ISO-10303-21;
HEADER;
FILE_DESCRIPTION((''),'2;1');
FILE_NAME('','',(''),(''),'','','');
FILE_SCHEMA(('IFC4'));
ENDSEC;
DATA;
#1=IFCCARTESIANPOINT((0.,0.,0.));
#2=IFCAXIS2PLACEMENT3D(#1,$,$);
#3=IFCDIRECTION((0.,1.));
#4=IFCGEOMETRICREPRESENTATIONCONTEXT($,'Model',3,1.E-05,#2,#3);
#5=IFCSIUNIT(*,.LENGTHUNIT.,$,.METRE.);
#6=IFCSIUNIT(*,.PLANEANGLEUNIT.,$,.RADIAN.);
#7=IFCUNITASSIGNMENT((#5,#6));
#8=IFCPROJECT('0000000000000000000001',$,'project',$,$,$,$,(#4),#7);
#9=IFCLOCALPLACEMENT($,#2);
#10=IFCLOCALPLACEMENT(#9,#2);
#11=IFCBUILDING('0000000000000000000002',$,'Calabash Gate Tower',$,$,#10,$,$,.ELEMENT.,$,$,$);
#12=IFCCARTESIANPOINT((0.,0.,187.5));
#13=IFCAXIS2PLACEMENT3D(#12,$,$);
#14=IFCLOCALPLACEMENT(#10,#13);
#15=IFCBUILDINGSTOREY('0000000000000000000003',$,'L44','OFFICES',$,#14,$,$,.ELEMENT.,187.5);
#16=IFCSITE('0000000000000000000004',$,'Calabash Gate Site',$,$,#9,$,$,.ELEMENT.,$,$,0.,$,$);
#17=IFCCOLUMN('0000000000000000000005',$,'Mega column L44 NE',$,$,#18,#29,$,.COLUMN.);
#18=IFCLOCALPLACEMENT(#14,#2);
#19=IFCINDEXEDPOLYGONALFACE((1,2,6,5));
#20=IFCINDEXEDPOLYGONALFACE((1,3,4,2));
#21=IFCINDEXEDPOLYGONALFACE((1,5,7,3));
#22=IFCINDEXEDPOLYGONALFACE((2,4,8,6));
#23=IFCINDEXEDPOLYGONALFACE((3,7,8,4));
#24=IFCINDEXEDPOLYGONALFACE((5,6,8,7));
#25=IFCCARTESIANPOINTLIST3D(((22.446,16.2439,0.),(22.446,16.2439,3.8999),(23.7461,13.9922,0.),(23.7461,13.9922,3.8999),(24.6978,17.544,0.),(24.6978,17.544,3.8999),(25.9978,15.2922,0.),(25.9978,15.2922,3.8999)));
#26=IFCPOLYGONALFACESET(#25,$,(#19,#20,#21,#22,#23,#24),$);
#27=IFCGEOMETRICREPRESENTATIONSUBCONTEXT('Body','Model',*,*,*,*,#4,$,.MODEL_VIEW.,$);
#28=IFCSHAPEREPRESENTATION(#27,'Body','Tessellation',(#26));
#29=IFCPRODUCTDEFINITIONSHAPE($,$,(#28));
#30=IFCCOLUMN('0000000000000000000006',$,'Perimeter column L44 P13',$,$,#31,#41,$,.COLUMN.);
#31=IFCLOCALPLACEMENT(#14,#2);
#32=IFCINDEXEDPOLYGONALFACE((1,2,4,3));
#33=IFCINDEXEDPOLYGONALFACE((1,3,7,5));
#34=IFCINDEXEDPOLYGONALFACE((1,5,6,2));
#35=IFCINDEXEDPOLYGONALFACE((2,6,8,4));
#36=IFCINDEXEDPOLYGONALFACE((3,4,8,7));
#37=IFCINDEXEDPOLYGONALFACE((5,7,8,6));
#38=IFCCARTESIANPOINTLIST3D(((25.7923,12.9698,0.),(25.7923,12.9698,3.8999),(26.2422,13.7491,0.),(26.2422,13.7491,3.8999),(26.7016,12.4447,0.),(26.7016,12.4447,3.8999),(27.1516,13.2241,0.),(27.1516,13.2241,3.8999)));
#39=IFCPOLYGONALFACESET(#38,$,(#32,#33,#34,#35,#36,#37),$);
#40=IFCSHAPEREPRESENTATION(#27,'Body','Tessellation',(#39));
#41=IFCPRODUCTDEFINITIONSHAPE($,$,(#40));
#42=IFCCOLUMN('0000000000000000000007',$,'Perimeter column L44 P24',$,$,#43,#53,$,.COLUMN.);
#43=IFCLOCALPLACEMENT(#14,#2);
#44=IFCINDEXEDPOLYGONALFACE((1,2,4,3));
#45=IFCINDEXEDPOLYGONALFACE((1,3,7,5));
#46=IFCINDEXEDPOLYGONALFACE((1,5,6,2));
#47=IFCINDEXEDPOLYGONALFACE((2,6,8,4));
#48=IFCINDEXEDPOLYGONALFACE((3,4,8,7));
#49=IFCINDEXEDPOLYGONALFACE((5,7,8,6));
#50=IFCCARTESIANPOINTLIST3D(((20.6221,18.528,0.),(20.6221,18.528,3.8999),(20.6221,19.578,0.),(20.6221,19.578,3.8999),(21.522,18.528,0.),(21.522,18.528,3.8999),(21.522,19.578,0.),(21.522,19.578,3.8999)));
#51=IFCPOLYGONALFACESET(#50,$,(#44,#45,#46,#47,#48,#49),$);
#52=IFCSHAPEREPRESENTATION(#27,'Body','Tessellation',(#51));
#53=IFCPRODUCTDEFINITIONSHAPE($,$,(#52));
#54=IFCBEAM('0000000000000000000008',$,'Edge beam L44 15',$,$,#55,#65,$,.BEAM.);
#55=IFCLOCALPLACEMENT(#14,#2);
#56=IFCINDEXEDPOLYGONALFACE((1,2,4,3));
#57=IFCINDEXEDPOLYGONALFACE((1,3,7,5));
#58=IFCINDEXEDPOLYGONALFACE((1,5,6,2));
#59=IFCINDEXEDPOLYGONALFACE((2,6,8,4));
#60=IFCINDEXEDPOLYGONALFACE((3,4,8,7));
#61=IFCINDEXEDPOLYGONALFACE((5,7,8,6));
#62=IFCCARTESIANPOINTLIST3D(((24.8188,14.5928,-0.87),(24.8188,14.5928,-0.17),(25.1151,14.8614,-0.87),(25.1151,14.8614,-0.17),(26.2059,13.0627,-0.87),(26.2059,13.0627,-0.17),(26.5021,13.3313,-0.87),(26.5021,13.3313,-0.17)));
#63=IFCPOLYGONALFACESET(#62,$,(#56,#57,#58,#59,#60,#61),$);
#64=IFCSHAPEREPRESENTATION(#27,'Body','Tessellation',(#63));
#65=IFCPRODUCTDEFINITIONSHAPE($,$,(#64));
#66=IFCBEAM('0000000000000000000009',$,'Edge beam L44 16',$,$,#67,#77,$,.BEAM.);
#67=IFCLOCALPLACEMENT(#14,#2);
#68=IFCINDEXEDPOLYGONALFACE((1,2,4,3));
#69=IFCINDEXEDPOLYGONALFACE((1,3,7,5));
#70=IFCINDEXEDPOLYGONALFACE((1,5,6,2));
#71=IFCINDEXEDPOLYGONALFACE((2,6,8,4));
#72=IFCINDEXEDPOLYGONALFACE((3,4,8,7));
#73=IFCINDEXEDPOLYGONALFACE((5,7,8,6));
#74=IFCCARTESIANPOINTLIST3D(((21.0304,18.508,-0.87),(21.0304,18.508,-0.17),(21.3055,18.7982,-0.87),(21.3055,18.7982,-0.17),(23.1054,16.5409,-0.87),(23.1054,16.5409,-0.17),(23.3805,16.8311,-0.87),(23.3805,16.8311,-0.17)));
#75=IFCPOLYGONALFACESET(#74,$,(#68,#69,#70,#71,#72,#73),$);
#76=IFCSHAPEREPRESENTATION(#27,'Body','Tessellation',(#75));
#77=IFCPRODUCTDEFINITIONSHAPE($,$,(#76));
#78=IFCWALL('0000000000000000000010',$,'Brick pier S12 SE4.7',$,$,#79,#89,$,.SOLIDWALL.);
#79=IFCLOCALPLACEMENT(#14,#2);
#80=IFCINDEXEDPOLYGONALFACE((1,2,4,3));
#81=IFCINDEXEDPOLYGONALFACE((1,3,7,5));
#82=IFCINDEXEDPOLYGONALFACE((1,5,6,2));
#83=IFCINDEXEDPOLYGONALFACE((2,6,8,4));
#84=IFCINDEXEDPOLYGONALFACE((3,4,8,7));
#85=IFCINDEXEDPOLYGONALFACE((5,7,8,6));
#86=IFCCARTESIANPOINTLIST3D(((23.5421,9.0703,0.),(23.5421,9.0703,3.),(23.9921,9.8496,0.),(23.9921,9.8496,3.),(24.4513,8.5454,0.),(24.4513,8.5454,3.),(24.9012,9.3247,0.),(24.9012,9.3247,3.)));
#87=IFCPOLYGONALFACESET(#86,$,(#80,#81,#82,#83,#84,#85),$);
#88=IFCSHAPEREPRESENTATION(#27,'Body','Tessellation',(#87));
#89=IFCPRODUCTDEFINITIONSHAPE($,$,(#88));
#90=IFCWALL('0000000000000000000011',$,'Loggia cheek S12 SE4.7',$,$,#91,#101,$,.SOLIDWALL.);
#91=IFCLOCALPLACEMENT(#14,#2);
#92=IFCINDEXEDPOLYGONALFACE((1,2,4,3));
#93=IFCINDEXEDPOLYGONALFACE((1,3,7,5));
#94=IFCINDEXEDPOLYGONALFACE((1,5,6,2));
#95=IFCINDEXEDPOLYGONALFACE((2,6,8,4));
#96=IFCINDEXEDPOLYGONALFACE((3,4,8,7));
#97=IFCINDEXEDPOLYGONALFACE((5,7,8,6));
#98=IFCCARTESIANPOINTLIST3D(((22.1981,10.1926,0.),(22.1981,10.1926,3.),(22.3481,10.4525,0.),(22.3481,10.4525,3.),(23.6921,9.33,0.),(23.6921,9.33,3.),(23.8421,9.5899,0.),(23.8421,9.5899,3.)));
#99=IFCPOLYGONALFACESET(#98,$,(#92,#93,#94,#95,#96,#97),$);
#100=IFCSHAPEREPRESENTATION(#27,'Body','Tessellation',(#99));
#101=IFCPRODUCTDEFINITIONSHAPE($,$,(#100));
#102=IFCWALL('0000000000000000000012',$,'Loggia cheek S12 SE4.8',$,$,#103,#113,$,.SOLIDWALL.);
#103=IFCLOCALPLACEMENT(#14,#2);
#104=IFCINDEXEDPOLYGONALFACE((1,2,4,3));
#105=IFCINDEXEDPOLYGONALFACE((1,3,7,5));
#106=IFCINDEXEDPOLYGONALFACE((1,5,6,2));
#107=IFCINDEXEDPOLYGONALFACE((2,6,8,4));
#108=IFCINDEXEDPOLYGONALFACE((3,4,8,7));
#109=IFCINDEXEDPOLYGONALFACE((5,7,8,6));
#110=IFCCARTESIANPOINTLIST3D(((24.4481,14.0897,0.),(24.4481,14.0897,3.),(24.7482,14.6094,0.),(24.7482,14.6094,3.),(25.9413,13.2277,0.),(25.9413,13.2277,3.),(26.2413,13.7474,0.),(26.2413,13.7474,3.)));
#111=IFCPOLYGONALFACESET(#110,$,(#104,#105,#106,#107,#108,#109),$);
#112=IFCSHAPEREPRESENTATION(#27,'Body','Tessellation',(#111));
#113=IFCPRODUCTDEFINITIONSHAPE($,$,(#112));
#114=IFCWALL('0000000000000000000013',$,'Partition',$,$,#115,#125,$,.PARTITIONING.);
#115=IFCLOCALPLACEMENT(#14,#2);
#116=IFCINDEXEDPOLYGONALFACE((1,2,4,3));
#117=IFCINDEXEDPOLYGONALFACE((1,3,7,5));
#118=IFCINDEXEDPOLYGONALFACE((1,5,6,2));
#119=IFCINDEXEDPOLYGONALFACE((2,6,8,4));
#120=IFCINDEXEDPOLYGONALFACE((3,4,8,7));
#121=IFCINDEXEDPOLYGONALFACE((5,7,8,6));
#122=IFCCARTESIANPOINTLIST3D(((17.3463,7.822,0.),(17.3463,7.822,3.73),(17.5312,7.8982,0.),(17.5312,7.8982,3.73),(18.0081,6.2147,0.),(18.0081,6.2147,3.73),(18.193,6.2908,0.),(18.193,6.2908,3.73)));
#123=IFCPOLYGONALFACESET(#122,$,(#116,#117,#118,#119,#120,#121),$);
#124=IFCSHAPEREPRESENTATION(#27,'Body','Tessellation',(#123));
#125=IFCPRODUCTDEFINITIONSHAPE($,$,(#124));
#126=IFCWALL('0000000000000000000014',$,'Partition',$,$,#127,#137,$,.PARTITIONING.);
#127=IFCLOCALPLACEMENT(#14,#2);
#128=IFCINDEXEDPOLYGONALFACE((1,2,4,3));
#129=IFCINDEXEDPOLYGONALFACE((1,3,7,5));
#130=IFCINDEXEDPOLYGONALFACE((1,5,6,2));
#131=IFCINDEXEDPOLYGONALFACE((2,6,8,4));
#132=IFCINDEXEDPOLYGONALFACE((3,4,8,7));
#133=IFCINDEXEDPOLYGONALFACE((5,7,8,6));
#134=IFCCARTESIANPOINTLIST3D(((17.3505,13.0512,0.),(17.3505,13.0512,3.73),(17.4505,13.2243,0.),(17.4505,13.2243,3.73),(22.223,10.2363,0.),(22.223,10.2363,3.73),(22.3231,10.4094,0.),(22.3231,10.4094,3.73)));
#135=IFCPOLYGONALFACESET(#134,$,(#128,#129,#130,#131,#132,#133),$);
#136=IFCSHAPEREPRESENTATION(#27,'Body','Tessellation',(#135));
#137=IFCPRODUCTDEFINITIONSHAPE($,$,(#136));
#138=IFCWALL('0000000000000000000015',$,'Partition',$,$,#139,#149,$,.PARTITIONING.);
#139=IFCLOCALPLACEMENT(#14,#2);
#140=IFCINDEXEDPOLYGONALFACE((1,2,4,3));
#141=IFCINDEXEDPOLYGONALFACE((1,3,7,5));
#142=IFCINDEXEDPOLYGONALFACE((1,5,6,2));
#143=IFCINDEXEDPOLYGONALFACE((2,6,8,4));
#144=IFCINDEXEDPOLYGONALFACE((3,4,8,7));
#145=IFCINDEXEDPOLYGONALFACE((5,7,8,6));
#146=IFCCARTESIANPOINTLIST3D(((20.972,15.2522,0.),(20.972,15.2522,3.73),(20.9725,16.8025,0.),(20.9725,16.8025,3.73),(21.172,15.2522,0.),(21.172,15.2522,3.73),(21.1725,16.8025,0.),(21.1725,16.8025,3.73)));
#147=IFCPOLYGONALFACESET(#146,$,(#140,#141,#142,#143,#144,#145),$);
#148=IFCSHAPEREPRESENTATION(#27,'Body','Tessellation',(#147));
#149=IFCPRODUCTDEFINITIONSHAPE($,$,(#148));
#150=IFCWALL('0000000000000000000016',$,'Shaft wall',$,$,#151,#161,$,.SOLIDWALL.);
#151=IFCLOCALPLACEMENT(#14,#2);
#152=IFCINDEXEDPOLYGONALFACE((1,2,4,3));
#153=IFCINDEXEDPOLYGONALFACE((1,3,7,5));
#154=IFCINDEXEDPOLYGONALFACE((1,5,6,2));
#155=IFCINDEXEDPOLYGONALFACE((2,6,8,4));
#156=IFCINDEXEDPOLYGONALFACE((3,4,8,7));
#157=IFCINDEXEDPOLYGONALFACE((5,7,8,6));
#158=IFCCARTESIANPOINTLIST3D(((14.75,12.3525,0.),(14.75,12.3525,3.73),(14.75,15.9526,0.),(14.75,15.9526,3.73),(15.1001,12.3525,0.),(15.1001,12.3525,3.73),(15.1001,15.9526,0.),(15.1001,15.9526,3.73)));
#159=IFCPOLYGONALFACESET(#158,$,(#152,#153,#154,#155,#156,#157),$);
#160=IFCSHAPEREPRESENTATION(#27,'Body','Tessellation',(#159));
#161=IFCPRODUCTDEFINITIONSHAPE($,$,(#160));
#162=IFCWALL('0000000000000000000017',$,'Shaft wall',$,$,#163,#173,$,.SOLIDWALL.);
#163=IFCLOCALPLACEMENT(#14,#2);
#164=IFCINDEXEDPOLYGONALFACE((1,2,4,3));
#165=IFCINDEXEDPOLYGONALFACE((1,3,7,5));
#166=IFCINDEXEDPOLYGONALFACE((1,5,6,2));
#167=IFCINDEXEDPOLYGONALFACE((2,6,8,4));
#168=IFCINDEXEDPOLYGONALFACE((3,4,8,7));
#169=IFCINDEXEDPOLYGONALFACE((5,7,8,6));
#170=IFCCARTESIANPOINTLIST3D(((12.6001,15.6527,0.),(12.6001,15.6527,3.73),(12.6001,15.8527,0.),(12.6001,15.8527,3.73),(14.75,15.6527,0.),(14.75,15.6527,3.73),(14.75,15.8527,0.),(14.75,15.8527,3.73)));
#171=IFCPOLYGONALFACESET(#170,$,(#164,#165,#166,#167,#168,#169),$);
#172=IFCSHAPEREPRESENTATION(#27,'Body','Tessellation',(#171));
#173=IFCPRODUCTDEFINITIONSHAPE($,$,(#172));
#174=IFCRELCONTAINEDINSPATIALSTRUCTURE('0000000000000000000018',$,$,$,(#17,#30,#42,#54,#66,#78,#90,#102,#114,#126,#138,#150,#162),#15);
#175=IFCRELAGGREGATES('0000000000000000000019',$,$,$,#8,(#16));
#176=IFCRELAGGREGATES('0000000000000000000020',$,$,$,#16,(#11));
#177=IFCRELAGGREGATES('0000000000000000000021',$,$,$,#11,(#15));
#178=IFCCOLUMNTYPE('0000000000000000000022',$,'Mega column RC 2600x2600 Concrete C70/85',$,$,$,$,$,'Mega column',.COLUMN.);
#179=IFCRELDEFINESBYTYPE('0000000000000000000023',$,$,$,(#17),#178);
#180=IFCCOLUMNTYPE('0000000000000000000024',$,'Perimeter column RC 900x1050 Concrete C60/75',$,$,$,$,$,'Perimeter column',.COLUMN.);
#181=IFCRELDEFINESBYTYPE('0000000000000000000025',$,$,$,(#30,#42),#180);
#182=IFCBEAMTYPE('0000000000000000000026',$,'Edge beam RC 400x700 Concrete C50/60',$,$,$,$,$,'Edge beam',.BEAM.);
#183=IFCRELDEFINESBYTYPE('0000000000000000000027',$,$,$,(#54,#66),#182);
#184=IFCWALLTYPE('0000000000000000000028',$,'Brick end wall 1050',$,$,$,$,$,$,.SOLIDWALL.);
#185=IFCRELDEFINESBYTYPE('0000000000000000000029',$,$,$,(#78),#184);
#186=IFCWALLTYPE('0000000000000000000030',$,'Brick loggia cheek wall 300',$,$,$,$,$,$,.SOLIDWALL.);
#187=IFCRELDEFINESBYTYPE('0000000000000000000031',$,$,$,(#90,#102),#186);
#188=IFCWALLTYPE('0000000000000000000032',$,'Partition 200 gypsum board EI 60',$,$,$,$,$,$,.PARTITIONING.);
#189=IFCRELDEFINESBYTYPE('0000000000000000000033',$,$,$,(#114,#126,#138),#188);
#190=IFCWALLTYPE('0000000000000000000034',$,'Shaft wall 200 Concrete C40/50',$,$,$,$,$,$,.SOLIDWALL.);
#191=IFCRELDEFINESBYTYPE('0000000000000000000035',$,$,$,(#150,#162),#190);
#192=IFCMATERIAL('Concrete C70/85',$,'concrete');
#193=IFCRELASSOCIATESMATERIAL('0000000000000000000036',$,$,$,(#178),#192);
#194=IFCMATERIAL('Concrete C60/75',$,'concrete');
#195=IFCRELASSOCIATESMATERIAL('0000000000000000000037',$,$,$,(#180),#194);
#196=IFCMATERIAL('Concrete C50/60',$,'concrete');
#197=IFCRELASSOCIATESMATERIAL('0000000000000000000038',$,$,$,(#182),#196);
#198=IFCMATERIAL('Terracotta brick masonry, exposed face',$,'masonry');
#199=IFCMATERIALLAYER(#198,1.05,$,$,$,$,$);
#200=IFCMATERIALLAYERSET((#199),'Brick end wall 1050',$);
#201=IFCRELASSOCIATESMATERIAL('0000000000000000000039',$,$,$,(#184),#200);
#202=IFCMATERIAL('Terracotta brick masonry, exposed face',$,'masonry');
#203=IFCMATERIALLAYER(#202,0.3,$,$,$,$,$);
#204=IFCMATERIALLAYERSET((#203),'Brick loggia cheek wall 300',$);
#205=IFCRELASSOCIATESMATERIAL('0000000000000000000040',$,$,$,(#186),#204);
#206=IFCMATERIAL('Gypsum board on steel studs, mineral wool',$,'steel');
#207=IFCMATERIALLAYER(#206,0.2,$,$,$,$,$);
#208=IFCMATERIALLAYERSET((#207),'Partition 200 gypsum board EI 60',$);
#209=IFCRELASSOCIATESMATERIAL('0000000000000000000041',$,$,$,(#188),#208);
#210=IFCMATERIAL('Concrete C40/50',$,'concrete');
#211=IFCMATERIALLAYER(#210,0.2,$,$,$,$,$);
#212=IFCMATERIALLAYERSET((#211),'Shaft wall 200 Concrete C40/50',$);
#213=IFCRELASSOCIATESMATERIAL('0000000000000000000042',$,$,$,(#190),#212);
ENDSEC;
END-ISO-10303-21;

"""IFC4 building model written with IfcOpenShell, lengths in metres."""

from ifc_helpers import new_model, si_unit, direction, frame, frame_2d, origin, origin_2d, place, context, subcontext, project, spatial, rectangle, extrude, material, layer, layer_set, material_profile, profile_set, type_object, element, save


model = new_model("IFC4")

# Units and contexts
model_context = context("Model", 3, precision=1e-05, world=origin(), true_north=direction((0.0, 1.0)))
body_context = subcontext(model_context, "Body", "Model", "MODEL_VIEW")
ifc_project = project(units=[si_unit("LENGTHUNIT", "METRE"), si_unit("PLANEANGLEUNIT", "RADIAN")], contexts=[model_context])

# Site, building, storey
site_placement = place(None, origin())
site = spatial("IfcSite", under=ifc_project, at=site_placement, Name="Calabash Gate Site", CompositionType="ELEMENT", RefElevation=0.0)
building_placement = place(site_placement, origin())
building = spatial("IfcBuilding", under=site, at=building_placement, Name="Calabash Gate Tower", CompositionType="ELEMENT")
storey_placement = place(building_placement, frame((0.0, 0.0, 187.5)))
storey = spatial("IfcBuildingStorey", under=building, at=storey_placement, Name="L44", Description="OFFICES", CompositionType="ELEMENT", Elevation=187.5)

# Columns
ifc_material_1 = material(Name="Concrete C70/85", Category="concrete")
ifc_material_profile_1 = material_profile(ifc_material_1, rectangle(XDim=2.6001, YDim=2.6001, at=origin_2d()))
ifc_profile_set_1 = profile_set([ifc_material_profile_1], Name="Concrete C70/85")
column_type_1 = type_object("IfcColumnType", Name="Mega column RC 2600x2600 Concrete C70/85", ElementType="Mega column", PredefinedType="COLUMN", material=ifc_profile_set_1)
column_placement = place(storey_placement, frame((24.2219, 15.7681, 0.0), z_axis=(0.0, 0.0, 1.0), x_axis=(-0.866025, -0.5, 0.0)))
element("IfcColumn", 1, at=column_placement, inside=storey, type_object=column_type_1, Name="Mega column L44 NE", PredefinedType="COLUMN", context=body_context, shape_type="SweptSolid", body=[
    extrude(rectangle(XDim=2.6001, YDim=2.6001, at=origin_2d()), origin(), (0.0, 0.0, 1.0), 3.8999),
])
ifc_material_2 = material(Name="Concrete C60/75", Category="concrete")
ifc_material_profile_2 = material_profile(ifc_material_2, rectangle(XDim=0.8999, YDim=1.05, at=origin_2d()))
ifc_profile_set_2 = profile_set([ifc_material_profile_2], Name="Concrete C60/75")
column_type_2 = type_object("IfcColumnType", Name="Perimeter column RC 900x1050 Concrete C60/75", ElementType="Perimeter column", PredefinedType="COLUMN", material=ifc_profile_set_2)
for number, where, z_axis, x_axis, name in (
    (2, (26.4719, 13.0969, 0.0), (0.0, 0.0, 1.0), (0.5, 0.866025, 0.0), "Perimeter column L44 P13"),
    (3, (21.072, 19.053, 0.0), (0.0, 0.0, 1.0), (-1.0, 0.0, 0.0), "Perimeter column L44 P24"),
):
    element("IfcColumn", number, at=place(storey_placement, frame(where, z_axis=z_axis, x_axis=x_axis)), inside=storey, type_object=column_type_2, Name=name, PredefinedType="COLUMN", context=body_context, shape_type="SweptSolid", body=[
        extrude(rectangle(XDim=0.8999, YDim=1.05, at=origin_2d()), origin(), (0.0, 0.0, 1.0), 3.8999),
    ])

# Beams
ifc_material_3 = material(Name="Concrete C50/60", Category="concrete")
ifc_material_profile_3 = material_profile(ifc_material_3, rectangle(XDim=0.3999, YDim=0.7, at=origin_2d()))
ifc_profile_set_3 = profile_set([ifc_material_profile_3], Name="Concrete C50/60")
beam_type = type_object("IfcBeamType", Name="Edge beam RC 400x700 Concrete C50/60", ElementType="Edge beam", PredefinedType="BEAM", material=ifc_profile_set_3)
beam_1_placement = place(storey_placement, frame((26.354, 13.197, -0.52), z_axis=(-0.671619, 0.740897, 0.0), x_axis=(-0.740897, -0.671619, 0.0)))
element("IfcBeam", 4, at=beam_1_placement, inside=storey, type_object=beam_type, Name="Edge beam L44 15", PredefinedType="BEAM", context=body_context, shape_type="SweptSolid", body=[
    extrude(rectangle(XDim=0.3999, YDim=0.7, at=origin_2d()), origin(), (0.0, 0.0, 1.0), 2.0652),
])
beam_2_placement = place(storey_placement, frame((23.2429, 16.686, -0.52), z_axis=(-0.725726, 0.687984, 0.0), x_axis=(-0.687984, -0.725726, 0.0)))
element("IfcBeam", 5, at=beam_2_placement, inside=storey, type_object=beam_type, Name="Edge beam L44 16", PredefinedType="BEAM", context=body_context, shape_type="SweptSolid", body=[
    extrude(rectangle(XDim=0.3999, YDim=0.7, at=origin_2d()), origin(), (0.0, 0.0, 1.0), 2.8591),
])

# Walls
ifc_material_4 = material(Name="Terracotta brick masonry, exposed face", Category="masonry")
ifc_layer_1 = layer(ifc_material_4, 1.05)
ifc_layer_set_1 = layer_set([ifc_layer_1], Name="Brick end wall 1050")
wall_type_1 = type_object("IfcWallType", Name="Brick end wall 1050", PredefinedType="SOLIDWALL", material=ifc_layer_set_1)
wall_1_placement = place(storey_placement, frame((24.6763, 8.9351, 0.0), z_axis=(0.0, 0.0, 1.0), x_axis=(-0.866031, 0.499991, 0.0)))
element("IfcWall", 6, at=wall_1_placement, inside=storey, type_object=wall_type_1, Name="Brick pier S12 SE4.7", PredefinedType="SOLIDWALL", context=body_context, shape_type="SweptSolid", body=[
    extrude(rectangle(XDim=1.0498, YDim=0.8999, at=frame_2d((0.5249, 0.0))), origin(), (0.0, 0.0, 1.0), 3.0),
])
ifc_material_5 = material(Name="Terracotta brick masonry, exposed face", Category="masonry")
ifc_layer_2 = layer(ifc_material_5, 0.3)
ifc_layer_set_2 = layer_set([ifc_layer_2], Name="Brick loggia cheek wall 300")
wall_type_2 = type_object("IfcWallType", Name="Brick loggia cheek wall 300", PredefinedType="SOLIDWALL", material=ifc_layer_set_2)
wall_2_placement = place(storey_placement, frame((23.7671, 9.46, 0.0), z_axis=(0.0, 0.0, 1.0), x_axis=(-0.866014, 0.500021, 0.0)))
element("IfcWall", 7, at=wall_2_placement, inside=storey, type_object=wall_type_2, Name="Loggia cheek S12 SE4.7", PredefinedType="SOLIDWALL", context=body_context, shape_type="SweptSolid", body=[
    extrude(rectangle(XDim=1.7251, YDim=0.3, at=frame_2d((0.8625, 0.0))), origin(), (0.0, 0.0, 1.0), 3.0),
])
wall_3_placement = place(storey_placement, frame((26.0913, 13.4875, 0.0), z_axis=(0.0, 0.0, 1.0), x_axis=(-0.86603, 0.499992, 0.0)))
element("IfcWall", 8, at=wall_3_placement, inside=storey, type_object=wall_type_2, Name="Loggia cheek S12 SE4.8", PredefinedType="SOLIDWALL", context=body_context, shape_type="SweptSolid", body=[
    extrude(rectangle(XDim=1.7241, YDim=0.6001, at=frame_2d((0.8621, 0.0))), origin(), (0.0, 0.0, 1.0), 3.0),
])
ifc_material_6 = material(Name="Gypsum board on steel studs, mineral wool", Category="steel")
ifc_layer_3 = layer(ifc_material_6, 0.2)
ifc_layer_set_3 = layer_set([ifc_layer_3], Name="Partition 200 gypsum board EI 60")
wall_type_3 = type_object("IfcWallType", Name="Partition 200 gypsum board EI 60", PredefinedType="PARTITIONING", material=ifc_layer_set_3)
wall_4_placement = place(storey_placement, frame((17.4387, 7.8601, 0.0), z_axis=(0.0, 0.0, 1.0), x_axis=(0.380743, -0.924681, 0.0)))
element("IfcWall", 9, at=wall_4_placement, inside=storey, type_object=wall_type_3, Name="Partition", PredefinedType="PARTITIONING", context=body_context, shape_type="SweptSolid", body=[
    extrude(rectangle(XDim=1.7383, YDim=0.2, at=frame_2d((0.8691, 0.0))), origin(), (0.0, 0.0, 1.0), 3.73),
])

# Wall
wall_5_placement = place(storey_placement, frame((17.4006, 13.1377, 0.0), z_axis=(0.0, 0.0, 1.0), x_axis=(0.865889, -0.500236, 0.0)))
element("IfcWall", 10, at=wall_5_placement, inside=storey, type_object=wall_type_3, Name="Partition", PredefinedType="PARTITIONING", context=body_context, shape_type="SweptSolid", body=[
    extrude(rectangle(XDim=5.6272, YDim=0.2, at=frame_2d((2.8135, 0.0))), origin(), (0.0, 0.0, 1.0), 3.73),
])

# Walls
wall_6_placement = place(storey_placement, frame((21.072, 15.2522, 0.0), z_axis=(0.0, 0.0, 1.0), x_axis=(0.000315, 1.0, 0.0)))
element("IfcWall", 11, at=wall_6_placement, inside=storey, type_object=wall_type_3, Name="Partition", PredefinedType="PARTITIONING", context=body_context, shape_type="SweptSolid", body=[
    extrude(rectangle(XDim=1.5503, YDim=0.2, at=frame_2d((0.7751, 0.0))), origin(), (0.0, 0.0, 1.0), 3.73),
])
ifc_material_7 = material(Name="Concrete C40/50", Category="concrete")
ifc_layer_4 = layer(ifc_material_7, 0.2)
ifc_layer_set_4 = layer_set([ifc_layer_4], Name="Shaft wall 200 Concrete C40/50")
wall_type_4 = type_object("IfcWallType", Name="Shaft wall 200 Concrete C40/50", PredefinedType="SOLIDWALL", material=ifc_layer_set_4)
wall_7_placement = place(storey_placement, frame((14.925, 12.3525, 0.0), z_axis=(0.0, 0.0, 1.0), x_axis=(0.0, 1.0, 0.0)))
element("IfcWall", 12, at=wall_7_placement, inside=storey, type_object=wall_type_4, Name="Shaft wall", PredefinedType="SOLIDWALL", context=body_context, shape_type="SweptSolid", body=[
    extrude(rectangle(XDim=3.6001, YDim=0.3501, at=frame_2d((1.8, 0.0))), origin(), (0.0, 0.0, 1.0), 3.73),
])
wall_8_placement = place(storey_placement, frame((12.6001, 15.7527, 0.0), z_axis=(0.0, 0.0, 1.0), x_axis=(1.0, 0.0, 0.0)))
element("IfcWall", 13, at=wall_8_placement, inside=storey, type_object=wall_type_4, Name="Shaft wall", PredefinedType="SOLIDWALL", context=body_context, shape_type="SweptSolid", body=[
    extrude(rectangle(XDim=2.1499, YDim=0.2, at=frame_2d((1.075, 0.0))), origin(), (0.0, 0.0, 1.0), 3.73),
])

save(model, "model.ifc")
